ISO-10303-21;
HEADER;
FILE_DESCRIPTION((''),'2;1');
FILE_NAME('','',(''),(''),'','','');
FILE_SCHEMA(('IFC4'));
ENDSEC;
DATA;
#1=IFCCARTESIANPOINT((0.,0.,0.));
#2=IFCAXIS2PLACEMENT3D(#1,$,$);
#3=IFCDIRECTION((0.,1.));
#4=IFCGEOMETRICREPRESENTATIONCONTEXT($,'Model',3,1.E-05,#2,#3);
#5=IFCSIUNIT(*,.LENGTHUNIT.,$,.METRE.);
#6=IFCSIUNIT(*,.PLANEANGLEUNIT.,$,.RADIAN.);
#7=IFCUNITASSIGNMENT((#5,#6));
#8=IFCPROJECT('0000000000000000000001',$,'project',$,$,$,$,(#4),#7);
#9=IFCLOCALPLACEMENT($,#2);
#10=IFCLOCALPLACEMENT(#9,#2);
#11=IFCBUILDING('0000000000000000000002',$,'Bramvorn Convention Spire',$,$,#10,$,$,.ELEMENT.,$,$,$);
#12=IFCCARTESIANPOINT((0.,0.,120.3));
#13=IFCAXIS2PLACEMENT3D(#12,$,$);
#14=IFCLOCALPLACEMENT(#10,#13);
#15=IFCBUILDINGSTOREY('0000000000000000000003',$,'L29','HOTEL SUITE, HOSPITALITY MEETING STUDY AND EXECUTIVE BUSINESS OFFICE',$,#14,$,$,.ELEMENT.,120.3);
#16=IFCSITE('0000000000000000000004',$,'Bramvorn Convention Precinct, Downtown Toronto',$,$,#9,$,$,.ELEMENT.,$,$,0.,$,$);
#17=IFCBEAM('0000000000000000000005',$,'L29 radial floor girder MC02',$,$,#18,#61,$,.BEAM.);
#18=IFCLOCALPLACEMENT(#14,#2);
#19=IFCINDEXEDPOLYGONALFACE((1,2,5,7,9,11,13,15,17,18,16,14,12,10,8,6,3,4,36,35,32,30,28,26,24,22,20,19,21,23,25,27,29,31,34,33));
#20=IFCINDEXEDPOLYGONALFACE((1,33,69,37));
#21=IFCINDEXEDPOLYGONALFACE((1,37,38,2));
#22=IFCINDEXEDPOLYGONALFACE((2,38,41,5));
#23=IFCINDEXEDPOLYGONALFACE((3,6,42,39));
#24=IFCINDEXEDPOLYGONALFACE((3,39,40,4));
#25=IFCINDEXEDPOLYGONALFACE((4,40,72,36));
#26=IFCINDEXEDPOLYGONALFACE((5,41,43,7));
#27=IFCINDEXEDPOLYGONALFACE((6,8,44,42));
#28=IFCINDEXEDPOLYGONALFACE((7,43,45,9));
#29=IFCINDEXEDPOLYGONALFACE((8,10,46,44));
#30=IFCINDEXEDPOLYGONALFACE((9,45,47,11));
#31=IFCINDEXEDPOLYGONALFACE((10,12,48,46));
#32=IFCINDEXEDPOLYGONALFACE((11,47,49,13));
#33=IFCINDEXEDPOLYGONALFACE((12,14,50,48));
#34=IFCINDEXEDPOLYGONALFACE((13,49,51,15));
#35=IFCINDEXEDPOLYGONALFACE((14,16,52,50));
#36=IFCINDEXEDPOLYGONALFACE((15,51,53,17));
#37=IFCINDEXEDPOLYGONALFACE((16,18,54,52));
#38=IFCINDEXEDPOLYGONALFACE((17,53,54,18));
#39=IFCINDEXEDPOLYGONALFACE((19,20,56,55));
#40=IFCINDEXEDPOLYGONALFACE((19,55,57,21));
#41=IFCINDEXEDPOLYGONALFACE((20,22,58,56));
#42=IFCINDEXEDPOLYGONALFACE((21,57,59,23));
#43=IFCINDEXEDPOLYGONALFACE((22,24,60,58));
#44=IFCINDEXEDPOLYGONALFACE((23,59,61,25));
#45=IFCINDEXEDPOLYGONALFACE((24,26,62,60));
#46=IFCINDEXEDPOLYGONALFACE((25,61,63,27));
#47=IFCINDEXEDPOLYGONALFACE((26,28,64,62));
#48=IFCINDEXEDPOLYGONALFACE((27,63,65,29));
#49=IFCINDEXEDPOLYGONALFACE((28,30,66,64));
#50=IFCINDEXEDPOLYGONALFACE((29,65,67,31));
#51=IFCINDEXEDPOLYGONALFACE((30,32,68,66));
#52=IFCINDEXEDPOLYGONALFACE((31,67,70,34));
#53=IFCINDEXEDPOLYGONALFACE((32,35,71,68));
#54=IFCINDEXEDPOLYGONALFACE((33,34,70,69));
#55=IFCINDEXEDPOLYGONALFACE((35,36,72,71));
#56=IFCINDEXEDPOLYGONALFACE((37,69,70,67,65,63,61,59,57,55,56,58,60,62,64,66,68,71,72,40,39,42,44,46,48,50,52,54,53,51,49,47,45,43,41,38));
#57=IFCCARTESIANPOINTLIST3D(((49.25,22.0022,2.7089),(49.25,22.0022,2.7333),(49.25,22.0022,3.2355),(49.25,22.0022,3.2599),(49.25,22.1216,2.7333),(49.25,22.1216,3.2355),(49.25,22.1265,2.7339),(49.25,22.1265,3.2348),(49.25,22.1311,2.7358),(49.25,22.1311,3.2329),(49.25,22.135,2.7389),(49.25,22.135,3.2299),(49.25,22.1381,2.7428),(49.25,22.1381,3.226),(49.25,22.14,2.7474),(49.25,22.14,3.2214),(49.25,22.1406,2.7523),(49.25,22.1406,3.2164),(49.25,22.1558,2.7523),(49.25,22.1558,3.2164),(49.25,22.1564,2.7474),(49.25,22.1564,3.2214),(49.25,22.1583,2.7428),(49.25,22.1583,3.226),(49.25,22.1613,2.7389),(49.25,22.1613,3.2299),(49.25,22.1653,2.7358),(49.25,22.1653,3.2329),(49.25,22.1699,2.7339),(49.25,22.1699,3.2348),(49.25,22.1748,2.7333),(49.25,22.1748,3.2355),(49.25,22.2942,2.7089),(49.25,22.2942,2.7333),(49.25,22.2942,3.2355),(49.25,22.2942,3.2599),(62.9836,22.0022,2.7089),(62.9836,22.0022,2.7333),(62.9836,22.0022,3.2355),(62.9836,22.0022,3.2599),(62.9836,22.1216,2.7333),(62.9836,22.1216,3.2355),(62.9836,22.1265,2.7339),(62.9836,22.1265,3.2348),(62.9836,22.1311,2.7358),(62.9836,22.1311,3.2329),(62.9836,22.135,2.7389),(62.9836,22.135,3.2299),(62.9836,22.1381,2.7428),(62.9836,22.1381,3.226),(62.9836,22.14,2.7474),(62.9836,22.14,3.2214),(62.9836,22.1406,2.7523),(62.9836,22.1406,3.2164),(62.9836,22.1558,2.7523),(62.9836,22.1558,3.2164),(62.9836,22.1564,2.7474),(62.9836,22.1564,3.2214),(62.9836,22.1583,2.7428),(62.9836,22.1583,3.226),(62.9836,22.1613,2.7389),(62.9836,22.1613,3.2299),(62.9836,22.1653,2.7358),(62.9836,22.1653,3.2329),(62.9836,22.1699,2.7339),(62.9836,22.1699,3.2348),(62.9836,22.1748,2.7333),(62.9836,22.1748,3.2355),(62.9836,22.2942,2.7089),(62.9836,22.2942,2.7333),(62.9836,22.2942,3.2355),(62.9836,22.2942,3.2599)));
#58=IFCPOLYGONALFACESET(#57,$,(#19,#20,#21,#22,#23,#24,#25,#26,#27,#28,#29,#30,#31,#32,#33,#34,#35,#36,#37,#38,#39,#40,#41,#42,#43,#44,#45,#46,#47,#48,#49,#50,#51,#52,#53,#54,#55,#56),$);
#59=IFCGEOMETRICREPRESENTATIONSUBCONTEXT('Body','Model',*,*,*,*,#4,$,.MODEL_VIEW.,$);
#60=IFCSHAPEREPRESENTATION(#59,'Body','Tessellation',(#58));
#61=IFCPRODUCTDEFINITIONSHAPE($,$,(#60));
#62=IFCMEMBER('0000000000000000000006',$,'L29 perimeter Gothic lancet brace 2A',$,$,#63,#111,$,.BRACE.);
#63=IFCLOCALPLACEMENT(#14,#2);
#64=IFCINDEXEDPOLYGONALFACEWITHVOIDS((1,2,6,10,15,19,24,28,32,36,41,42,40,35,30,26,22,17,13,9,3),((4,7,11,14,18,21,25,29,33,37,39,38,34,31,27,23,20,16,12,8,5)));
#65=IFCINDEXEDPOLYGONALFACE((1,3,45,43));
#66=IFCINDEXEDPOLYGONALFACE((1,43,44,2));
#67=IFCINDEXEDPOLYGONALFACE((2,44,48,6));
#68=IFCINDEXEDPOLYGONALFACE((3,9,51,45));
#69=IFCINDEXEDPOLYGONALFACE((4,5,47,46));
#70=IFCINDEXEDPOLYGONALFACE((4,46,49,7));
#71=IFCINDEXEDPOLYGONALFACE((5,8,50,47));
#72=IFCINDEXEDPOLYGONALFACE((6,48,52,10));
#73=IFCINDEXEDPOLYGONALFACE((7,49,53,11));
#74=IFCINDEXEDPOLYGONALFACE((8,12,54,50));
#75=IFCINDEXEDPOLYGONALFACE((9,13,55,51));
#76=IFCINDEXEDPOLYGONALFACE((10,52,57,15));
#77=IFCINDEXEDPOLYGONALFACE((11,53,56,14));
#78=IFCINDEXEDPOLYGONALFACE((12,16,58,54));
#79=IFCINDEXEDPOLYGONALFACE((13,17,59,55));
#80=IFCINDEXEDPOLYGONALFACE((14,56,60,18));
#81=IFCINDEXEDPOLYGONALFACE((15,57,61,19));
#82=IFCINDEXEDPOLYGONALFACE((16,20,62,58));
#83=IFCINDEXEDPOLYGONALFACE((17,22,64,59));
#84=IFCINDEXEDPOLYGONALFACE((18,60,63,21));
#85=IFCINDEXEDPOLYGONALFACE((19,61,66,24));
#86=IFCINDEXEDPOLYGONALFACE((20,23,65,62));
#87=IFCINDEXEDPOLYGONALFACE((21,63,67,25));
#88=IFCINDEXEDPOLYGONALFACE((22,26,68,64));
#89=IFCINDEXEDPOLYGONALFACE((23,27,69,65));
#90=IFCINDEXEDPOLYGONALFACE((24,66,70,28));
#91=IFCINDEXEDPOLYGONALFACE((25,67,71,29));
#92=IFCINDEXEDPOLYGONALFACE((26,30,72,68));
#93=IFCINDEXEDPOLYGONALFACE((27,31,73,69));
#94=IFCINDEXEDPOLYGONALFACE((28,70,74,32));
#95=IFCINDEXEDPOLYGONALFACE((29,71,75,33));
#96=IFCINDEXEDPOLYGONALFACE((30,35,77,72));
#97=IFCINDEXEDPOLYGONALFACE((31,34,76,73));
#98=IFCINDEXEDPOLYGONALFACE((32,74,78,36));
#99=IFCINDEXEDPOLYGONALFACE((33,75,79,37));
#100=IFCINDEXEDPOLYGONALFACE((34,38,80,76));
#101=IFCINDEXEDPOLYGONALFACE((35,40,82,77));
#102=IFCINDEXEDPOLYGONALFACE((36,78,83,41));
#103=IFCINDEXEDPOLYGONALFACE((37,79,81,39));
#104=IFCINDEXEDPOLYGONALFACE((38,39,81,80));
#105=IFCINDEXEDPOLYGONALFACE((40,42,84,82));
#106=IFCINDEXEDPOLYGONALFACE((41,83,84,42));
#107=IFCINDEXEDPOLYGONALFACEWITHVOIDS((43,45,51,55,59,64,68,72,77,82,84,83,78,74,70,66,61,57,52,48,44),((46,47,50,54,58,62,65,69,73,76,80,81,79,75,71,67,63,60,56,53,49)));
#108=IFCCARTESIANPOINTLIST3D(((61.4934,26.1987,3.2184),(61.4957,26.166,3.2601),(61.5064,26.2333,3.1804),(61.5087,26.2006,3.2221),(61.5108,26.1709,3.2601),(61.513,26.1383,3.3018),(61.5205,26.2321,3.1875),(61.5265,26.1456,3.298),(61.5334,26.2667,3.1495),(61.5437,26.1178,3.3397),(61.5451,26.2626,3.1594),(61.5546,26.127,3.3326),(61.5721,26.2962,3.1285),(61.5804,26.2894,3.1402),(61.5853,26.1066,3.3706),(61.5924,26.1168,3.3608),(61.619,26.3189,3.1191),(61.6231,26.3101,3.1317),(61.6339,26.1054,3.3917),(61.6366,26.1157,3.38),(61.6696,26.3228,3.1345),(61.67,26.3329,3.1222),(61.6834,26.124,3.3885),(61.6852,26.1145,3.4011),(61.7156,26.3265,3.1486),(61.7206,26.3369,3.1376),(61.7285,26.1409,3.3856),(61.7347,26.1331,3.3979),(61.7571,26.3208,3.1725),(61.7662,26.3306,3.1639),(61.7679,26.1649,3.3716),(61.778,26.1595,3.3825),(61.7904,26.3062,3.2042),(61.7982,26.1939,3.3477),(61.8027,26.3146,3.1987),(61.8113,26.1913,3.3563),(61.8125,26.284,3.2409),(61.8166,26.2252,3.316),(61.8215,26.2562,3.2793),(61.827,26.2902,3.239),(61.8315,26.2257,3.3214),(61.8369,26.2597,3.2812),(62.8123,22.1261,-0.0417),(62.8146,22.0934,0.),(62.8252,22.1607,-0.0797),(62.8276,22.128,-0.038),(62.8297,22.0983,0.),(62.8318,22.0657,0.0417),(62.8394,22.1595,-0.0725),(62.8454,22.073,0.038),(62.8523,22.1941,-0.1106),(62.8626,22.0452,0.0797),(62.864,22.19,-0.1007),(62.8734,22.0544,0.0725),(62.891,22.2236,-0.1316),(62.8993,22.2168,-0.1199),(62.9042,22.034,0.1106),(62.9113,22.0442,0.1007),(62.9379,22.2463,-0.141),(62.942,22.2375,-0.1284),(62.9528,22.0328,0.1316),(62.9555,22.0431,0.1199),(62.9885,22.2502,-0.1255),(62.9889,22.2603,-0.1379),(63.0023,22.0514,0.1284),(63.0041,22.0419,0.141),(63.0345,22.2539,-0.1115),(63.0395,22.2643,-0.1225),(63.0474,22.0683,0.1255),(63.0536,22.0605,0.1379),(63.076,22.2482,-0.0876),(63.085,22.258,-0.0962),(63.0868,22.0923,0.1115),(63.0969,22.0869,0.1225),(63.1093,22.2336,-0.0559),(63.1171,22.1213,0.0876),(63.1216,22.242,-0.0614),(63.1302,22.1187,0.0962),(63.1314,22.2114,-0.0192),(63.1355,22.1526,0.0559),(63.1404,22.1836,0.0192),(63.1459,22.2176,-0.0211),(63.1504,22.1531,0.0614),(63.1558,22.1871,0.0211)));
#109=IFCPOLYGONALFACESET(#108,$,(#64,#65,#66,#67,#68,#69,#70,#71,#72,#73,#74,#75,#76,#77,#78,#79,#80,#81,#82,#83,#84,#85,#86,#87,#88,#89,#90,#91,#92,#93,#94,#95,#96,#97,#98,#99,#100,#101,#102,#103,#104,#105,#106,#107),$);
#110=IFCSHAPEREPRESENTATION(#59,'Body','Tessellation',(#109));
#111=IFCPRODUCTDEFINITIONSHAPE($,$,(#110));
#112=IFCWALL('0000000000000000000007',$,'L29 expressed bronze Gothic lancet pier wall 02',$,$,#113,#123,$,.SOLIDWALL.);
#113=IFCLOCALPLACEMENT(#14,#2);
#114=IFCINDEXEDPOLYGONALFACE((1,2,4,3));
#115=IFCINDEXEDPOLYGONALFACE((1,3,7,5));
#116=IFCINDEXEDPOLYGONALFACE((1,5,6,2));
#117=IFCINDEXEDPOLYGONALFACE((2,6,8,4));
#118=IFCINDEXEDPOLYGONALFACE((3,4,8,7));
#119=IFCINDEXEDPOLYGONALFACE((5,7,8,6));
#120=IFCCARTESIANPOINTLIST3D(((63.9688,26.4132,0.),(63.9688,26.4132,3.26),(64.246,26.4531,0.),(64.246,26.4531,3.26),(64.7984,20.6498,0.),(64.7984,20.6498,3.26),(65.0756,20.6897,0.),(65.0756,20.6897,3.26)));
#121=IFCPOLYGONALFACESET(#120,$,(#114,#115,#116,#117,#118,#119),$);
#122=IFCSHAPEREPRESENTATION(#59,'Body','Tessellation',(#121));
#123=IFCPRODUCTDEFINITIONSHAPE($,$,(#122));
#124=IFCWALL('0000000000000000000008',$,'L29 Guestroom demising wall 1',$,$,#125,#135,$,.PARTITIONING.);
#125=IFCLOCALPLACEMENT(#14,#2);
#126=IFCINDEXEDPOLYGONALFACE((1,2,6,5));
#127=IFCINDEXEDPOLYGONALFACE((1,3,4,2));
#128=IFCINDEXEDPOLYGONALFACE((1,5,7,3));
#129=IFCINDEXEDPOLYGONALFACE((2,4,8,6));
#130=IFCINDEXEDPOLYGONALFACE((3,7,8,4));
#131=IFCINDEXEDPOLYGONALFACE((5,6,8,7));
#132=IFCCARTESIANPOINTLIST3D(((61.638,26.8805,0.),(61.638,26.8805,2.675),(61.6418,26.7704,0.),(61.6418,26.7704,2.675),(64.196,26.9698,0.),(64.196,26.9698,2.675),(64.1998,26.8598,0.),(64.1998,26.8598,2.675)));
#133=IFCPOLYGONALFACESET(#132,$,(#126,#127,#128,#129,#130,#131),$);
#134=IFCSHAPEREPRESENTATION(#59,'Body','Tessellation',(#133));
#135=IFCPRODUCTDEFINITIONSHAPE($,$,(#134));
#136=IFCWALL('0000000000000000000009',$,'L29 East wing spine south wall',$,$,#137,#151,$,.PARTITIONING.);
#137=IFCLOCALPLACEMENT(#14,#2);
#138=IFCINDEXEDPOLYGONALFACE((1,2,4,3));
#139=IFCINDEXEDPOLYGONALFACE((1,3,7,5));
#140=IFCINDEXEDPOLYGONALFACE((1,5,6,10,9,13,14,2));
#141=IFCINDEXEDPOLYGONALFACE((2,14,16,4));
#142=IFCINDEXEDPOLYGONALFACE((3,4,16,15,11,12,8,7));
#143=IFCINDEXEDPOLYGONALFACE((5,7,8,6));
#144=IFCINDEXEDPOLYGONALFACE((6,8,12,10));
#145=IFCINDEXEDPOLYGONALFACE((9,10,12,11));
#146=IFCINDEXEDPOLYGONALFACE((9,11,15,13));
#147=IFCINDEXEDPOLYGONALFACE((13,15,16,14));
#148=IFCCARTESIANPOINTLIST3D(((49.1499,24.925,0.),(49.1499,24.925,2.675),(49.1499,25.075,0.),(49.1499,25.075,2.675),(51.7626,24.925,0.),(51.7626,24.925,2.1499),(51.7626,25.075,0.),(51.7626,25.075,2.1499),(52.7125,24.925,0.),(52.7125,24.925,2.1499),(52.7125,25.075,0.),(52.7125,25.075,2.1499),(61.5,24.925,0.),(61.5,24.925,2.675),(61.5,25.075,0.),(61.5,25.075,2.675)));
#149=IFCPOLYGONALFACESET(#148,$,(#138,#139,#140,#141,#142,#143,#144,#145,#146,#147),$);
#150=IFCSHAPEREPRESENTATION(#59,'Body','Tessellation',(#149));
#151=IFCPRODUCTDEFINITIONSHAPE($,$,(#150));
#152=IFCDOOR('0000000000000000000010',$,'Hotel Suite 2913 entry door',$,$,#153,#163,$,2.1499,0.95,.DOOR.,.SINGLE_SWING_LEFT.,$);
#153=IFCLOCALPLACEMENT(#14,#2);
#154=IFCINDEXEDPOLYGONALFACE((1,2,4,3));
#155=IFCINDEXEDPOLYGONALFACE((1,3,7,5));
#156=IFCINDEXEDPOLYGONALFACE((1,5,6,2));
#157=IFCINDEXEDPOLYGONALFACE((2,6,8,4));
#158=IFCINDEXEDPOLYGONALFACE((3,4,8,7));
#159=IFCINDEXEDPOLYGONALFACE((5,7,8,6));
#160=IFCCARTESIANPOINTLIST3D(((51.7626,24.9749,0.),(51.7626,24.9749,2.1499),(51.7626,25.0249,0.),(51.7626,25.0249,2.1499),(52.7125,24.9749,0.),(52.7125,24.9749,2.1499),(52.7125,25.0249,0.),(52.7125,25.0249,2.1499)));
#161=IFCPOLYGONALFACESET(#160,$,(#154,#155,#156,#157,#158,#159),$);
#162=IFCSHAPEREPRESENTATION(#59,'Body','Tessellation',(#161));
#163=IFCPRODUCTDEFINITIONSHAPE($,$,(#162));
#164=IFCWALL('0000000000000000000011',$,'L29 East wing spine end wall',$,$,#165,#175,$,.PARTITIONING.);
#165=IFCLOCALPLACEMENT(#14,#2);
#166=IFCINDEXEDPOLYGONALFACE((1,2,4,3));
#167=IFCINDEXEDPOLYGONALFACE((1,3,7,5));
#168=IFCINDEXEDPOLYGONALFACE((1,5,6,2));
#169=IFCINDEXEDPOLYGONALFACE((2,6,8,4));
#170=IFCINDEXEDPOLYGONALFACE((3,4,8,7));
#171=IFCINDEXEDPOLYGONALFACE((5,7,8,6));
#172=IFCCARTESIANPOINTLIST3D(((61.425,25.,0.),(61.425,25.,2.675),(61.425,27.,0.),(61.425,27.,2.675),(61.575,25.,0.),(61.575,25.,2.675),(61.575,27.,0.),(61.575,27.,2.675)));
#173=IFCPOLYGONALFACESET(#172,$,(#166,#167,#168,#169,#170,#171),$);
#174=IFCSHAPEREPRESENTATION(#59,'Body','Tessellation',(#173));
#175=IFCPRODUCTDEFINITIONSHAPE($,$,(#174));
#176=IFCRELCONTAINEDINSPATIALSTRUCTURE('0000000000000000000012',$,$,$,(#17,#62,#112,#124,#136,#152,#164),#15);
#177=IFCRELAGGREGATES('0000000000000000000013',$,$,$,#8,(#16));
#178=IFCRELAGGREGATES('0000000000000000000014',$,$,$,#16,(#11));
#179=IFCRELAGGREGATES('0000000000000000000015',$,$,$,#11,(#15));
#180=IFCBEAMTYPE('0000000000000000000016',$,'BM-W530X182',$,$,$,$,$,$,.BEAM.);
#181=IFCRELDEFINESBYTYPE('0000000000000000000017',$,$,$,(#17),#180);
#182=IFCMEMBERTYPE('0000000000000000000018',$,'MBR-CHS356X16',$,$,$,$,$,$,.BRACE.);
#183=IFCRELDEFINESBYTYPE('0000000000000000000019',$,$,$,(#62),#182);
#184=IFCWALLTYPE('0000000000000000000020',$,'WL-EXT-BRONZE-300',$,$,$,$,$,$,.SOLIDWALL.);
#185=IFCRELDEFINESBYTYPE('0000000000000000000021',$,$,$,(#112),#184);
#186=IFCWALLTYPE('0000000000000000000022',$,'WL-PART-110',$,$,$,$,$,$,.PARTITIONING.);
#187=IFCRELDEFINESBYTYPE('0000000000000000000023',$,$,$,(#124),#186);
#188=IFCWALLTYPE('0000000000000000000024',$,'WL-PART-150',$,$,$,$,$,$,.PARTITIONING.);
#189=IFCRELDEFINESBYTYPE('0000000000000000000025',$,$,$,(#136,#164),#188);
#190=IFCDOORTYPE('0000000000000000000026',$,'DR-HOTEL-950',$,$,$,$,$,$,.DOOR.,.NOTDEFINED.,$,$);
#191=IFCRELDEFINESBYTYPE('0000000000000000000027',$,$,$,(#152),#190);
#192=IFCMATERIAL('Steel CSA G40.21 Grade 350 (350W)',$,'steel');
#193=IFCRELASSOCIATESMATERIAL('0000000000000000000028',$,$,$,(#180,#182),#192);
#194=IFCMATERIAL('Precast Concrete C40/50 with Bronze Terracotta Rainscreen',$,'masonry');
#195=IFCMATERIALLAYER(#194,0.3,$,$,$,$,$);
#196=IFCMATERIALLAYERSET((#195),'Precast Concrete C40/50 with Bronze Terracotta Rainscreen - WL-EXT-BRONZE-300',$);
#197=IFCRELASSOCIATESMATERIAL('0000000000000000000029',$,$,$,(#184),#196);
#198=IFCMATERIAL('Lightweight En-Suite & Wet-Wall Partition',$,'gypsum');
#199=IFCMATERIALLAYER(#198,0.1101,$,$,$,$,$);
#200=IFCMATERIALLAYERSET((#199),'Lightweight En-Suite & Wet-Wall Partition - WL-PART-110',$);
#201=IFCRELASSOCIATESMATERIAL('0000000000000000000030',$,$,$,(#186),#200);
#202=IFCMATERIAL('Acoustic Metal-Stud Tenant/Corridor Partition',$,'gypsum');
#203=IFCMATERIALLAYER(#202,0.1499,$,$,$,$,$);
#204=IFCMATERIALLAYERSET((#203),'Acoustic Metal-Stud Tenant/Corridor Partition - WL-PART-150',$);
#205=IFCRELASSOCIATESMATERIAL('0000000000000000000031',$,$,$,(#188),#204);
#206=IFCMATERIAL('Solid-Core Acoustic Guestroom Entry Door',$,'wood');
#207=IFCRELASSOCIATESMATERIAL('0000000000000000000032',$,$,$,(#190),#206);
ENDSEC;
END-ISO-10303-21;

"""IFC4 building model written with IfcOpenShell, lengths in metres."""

from ifc_helpers import new_model, si_unit, direction, frame, frame_2d, origin, origin_2d, place, context, subcontext, project, spatial, rectangle, hollow_circle, i_section, extrude, material, layer, layer_set, material_profile, profile_set, type_object, element, fill, save


model = new_model("IFC4")

# Units and contexts
model_context = context("Model", 3, precision=1e-05, world=origin(), true_north=direction((0.0, 1.0)))
body_context = subcontext(model_context, "Body", "Model", "MODEL_VIEW")
ifc_project = project(units=[si_unit("LENGTHUNIT", "METRE"), si_unit("PLANEANGLEUNIT", "RADIAN")], contexts=[model_context])

# Site, building, storey
site_placement = place(None, origin())
site = spatial("IfcSite", under=ifc_project, at=site_placement, Name="Bramvorn Convention Precinct, Downtown Toronto", CompositionType="ELEMENT", RefElevation=0.0)
building_placement = place(site_placement, origin())
building = spatial("IfcBuilding", under=site, at=building_placement, Name="Bramvorn Convention Spire", CompositionType="ELEMENT")
storey_placement = place(building_placement, frame((0.0, 0.0, 120.3)))
storey = spatial("IfcBuildingStorey", under=building, at=storey_placement, Name="L29", Description="HOTEL SUITE, HOSPITALITY MEETING STUDY AND EXECUTIVE BUSINESS OFFICE", CompositionType="ELEMENT", Elevation=120.3)

# Shared definitions
ifc_material_1 = material(Name="Steel CSA G40.21 Grade 350 (350W)", Category="steel")

# Beam
ifc_material_profile_1 = material_profile(ifc_material_1, i_section(OverallWidth=0.292, OverallDepth=0.551, WebThickness=0.0151, FlangeThickness=0.0244, FilletRadius=0.019, at=origin_2d()))
ifc_profile_set_1 = profile_set([ifc_material_profile_1], Name="Steel CSA G40.21 Grade 350 (350W) - W530X182")
beam_type_1 = type_object("IfcBeamType", Name="BM-W530X182", PredefinedType="BEAM", material=ifc_profile_set_1)
beam_1_placement = place(storey_placement, frame((49.25, 22.1482, 2.9844), z_axis=(1.0, 0.0, 0.0), x_axis=(0.0, 1.0, 0.0)))
element("IfcBeam", 1, at=beam_1_placement, inside=storey, type_object=beam_type_1, Name="L29 radial floor girder MC02", PredefinedType="BEAM", context=body_context, shape_type="SweptSolid", body=[
    extrude(i_section(OverallWidth=0.292, OverallDepth=0.551, WebThickness=0.0151, FlangeThickness=0.0244, FilletRadius=0.019, at=origin_2d()), origin(), (0.0, 0.0, 1.0), 13.7336),
])

# Member
ifc_material_profile_2 = material_profile(ifc_material_1, hollow_circle(Radius=0.1777, WallThickness=0.0159, at=origin_2d()))
ifc_profile_set_2 = profile_set([ifc_material_profile_2], Name="Steel CSA G40.21 Grade 350 (350W) - CHS356X16")
member_type = type_object("IfcMemberType", Name="MBR-CHS356X16", PredefinedType="BRACE", material=ifc_profile_set_2)
member_placement = place(storey_placement, frame((62.9836, 22.1482, 0.0), z_axis=(-0.245105, 0.756868, 0.605866), x_axis=(-0.951358, -0.308089, 0.0)))
element("IfcMember", 2, at=member_placement, inside=storey, type_object=member_type, Name="L29 perimeter Gothic lancet brace 2A", PredefinedType="BRACE", context=body_context, shape_type="SweptSolid", body=[
    extrude(hollow_circle(Radius=0.1777, WallThickness=0.0159, at=origin_2d()), origin(), (0.0, 0.0, 1.0), 5.3809),
])

# Walls
ifc_material_2 = material(Name="Precast Concrete C40/50 with Bronze Terracotta Rainscreen", Category="masonry")
ifc_layer_1 = layer(ifc_material_2, 0.3)
ifc_layer_set_1 = layer_set([ifc_layer_1], Name="Precast Concrete C40/50 with Bronze Terracotta Rainscreen - WL-EXT-BRONZE-300")
wall_type_1 = type_object("IfcWallType", Name="WL-EXT-BRONZE-300", PredefinedType="SOLIDWALL", material=ifc_layer_set_1)
wall_1_placement = place(storey_placement, frame((64.1074, 26.4331, 0.0), z_axis=(0.0, 0.0, 1.0), x_axis=(0.142472, -0.989799, 0.0)))
element("IfcWall", 3, at=wall_1_placement, inside=storey, type_object=wall_type_1, Name="L29 expressed bronze Gothic lancet pier wall 02", PredefinedType="SOLIDWALL", context=body_context, shape_type="SweptSolid", body=[
    extrude(rectangle(XDim=5.8228, YDim=0.28, at=frame_2d((2.9114, 0.0))), origin(), (0.0, 0.0, 1.0), 3.26),
])
ifc_material_3 = material(Name="Lightweight En-Suite & Wet-Wall Partition", Category="gypsum")
ifc_layer_2 = layer(ifc_material_3, 0.1101)
ifc_layer_set_2 = layer_set([ifc_layer_2], Name="Lightweight En-Suite & Wet-Wall Partition - WL-PART-110")
wall_type_2 = type_object("IfcWallType", Name="WL-PART-110", PredefinedType="PARTITIONING", material=ifc_layer_set_2)
wall_2_placement = place(storey_placement, frame((61.6399, 26.8254, 0.0), z_axis=(0.0, 0.0, 1.0), x_axis=(0.99939, 0.034909, 0.0)))
element("IfcWall", 4, at=wall_2_placement, inside=storey, type_object=wall_type_2, Name="L29 Guestroom demising wall 1", PredefinedType="PARTITIONING", context=body_context, shape_type="SweptSolid", body=[
    extrude(rectangle(XDim=2.5596, YDim=0.1101, at=frame_2d((1.2798, 0.0))), origin(), (0.0, 0.0, 1.0), 2.675),
])

# Wall, opening, door
ifc_material_4 = material(Name="Acoustic Metal-Stud Tenant/Corridor Partition", Category="gypsum")
ifc_layer_3 = layer(ifc_material_4, 0.1499)
ifc_layer_set_3 = layer_set([ifc_layer_3], Name="Acoustic Metal-Stud Tenant/Corridor Partition - WL-PART-150")
wall_type_3 = type_object("IfcWallType", Name="WL-PART-150", PredefinedType="PARTITIONING", material=ifc_layer_set_3)
wall_3_placement = place(storey_placement, frame((49.1499, 25.0, 0.0), z_axis=(0.0, 0.0, 1.0), x_axis=(1.0, 0.0, 0.0)))
wall_3 = element("IfcWall", 5, at=wall_3_placement, inside=storey, type_object=wall_type_3, Name="L29 East wing spine south wall", PredefinedType="PARTITIONING", context=body_context, shape_type="SweptSolid", body=[
    extrude(rectangle(XDim=12.3501, YDim=0.1499, at=frame_2d((6.175, 0.0))), origin(), (0.0, 0.0, 1.0), 2.675),
])
opening_placement = place(wall_3_placement, frame((2.6125, 0.0, 0.0)))
opening = element("IfcOpeningElement", 6, at=opening_placement, cuts=wall_3, PredefinedType="OPENING", context=body_context, shape_type="SweptSolid", body=[
    extrude(rectangle(XDim=0.95, YDim=2.1499, at=frame_2d((0.4751, 1.075))), frame((0.0, 0.085, 0.0), z_axis=(0.0, -1.0, 0.0), x_axis=(1.0, 0.0, 0.0)), (0.0, 0.0, 1.0), 0.1699),
])
ifc_material_5 = material(Name="Solid-Core Acoustic Guestroom Entry Door", Category="wood")
door_type = type_object("IfcDoorType", Name="DR-HOTEL-950", OperationType="NOTDEFINED", PredefinedType="DOOR", material=ifc_material_5)
door_placement = place(opening_placement, origin())
door = element("IfcDoor", 7, at=door_placement, inside=storey, type_object=door_type, Name="Hotel Suite 2913 entry door", OperationType="SINGLE_SWING_LEFT", OverallHeight=2.1499, OverallWidth=0.95, PredefinedType="DOOR", context=body_context, shape_type="SweptSolid", body=[
    extrude(rectangle(XDim=0.95, YDim=2.1499, at=frame_2d((0.4751, 1.075))), frame((0.0, 0.0249, 0.0), z_axis=(0.0, -1.0, 0.0), x_axis=(1.0, 0.0, 0.0)), (0.0, 0.0, 1.0), 0.05),
])
fill(opening, door)

# Wall
wall_4_placement = place(storey_placement, frame((61.5, 25.0, 0.0), z_axis=(0.0, 0.0, 1.0), x_axis=(0.0, 1.0, 0.0)))
element("IfcWall", 8, at=wall_4_placement, inside=storey, type_object=wall_type_3, Name="L29 East wing spine end wall", PredefinedType="PARTITIONING", context=body_context, shape_type="SweptSolid", body=[
    extrude(rectangle(XDim=2.0, YDim=0.1499, at=frame_2d((1.0, 0.0))), origin(), (0.0, 0.0, 1.0), 2.675),
])

save(model, "model.ifc")
